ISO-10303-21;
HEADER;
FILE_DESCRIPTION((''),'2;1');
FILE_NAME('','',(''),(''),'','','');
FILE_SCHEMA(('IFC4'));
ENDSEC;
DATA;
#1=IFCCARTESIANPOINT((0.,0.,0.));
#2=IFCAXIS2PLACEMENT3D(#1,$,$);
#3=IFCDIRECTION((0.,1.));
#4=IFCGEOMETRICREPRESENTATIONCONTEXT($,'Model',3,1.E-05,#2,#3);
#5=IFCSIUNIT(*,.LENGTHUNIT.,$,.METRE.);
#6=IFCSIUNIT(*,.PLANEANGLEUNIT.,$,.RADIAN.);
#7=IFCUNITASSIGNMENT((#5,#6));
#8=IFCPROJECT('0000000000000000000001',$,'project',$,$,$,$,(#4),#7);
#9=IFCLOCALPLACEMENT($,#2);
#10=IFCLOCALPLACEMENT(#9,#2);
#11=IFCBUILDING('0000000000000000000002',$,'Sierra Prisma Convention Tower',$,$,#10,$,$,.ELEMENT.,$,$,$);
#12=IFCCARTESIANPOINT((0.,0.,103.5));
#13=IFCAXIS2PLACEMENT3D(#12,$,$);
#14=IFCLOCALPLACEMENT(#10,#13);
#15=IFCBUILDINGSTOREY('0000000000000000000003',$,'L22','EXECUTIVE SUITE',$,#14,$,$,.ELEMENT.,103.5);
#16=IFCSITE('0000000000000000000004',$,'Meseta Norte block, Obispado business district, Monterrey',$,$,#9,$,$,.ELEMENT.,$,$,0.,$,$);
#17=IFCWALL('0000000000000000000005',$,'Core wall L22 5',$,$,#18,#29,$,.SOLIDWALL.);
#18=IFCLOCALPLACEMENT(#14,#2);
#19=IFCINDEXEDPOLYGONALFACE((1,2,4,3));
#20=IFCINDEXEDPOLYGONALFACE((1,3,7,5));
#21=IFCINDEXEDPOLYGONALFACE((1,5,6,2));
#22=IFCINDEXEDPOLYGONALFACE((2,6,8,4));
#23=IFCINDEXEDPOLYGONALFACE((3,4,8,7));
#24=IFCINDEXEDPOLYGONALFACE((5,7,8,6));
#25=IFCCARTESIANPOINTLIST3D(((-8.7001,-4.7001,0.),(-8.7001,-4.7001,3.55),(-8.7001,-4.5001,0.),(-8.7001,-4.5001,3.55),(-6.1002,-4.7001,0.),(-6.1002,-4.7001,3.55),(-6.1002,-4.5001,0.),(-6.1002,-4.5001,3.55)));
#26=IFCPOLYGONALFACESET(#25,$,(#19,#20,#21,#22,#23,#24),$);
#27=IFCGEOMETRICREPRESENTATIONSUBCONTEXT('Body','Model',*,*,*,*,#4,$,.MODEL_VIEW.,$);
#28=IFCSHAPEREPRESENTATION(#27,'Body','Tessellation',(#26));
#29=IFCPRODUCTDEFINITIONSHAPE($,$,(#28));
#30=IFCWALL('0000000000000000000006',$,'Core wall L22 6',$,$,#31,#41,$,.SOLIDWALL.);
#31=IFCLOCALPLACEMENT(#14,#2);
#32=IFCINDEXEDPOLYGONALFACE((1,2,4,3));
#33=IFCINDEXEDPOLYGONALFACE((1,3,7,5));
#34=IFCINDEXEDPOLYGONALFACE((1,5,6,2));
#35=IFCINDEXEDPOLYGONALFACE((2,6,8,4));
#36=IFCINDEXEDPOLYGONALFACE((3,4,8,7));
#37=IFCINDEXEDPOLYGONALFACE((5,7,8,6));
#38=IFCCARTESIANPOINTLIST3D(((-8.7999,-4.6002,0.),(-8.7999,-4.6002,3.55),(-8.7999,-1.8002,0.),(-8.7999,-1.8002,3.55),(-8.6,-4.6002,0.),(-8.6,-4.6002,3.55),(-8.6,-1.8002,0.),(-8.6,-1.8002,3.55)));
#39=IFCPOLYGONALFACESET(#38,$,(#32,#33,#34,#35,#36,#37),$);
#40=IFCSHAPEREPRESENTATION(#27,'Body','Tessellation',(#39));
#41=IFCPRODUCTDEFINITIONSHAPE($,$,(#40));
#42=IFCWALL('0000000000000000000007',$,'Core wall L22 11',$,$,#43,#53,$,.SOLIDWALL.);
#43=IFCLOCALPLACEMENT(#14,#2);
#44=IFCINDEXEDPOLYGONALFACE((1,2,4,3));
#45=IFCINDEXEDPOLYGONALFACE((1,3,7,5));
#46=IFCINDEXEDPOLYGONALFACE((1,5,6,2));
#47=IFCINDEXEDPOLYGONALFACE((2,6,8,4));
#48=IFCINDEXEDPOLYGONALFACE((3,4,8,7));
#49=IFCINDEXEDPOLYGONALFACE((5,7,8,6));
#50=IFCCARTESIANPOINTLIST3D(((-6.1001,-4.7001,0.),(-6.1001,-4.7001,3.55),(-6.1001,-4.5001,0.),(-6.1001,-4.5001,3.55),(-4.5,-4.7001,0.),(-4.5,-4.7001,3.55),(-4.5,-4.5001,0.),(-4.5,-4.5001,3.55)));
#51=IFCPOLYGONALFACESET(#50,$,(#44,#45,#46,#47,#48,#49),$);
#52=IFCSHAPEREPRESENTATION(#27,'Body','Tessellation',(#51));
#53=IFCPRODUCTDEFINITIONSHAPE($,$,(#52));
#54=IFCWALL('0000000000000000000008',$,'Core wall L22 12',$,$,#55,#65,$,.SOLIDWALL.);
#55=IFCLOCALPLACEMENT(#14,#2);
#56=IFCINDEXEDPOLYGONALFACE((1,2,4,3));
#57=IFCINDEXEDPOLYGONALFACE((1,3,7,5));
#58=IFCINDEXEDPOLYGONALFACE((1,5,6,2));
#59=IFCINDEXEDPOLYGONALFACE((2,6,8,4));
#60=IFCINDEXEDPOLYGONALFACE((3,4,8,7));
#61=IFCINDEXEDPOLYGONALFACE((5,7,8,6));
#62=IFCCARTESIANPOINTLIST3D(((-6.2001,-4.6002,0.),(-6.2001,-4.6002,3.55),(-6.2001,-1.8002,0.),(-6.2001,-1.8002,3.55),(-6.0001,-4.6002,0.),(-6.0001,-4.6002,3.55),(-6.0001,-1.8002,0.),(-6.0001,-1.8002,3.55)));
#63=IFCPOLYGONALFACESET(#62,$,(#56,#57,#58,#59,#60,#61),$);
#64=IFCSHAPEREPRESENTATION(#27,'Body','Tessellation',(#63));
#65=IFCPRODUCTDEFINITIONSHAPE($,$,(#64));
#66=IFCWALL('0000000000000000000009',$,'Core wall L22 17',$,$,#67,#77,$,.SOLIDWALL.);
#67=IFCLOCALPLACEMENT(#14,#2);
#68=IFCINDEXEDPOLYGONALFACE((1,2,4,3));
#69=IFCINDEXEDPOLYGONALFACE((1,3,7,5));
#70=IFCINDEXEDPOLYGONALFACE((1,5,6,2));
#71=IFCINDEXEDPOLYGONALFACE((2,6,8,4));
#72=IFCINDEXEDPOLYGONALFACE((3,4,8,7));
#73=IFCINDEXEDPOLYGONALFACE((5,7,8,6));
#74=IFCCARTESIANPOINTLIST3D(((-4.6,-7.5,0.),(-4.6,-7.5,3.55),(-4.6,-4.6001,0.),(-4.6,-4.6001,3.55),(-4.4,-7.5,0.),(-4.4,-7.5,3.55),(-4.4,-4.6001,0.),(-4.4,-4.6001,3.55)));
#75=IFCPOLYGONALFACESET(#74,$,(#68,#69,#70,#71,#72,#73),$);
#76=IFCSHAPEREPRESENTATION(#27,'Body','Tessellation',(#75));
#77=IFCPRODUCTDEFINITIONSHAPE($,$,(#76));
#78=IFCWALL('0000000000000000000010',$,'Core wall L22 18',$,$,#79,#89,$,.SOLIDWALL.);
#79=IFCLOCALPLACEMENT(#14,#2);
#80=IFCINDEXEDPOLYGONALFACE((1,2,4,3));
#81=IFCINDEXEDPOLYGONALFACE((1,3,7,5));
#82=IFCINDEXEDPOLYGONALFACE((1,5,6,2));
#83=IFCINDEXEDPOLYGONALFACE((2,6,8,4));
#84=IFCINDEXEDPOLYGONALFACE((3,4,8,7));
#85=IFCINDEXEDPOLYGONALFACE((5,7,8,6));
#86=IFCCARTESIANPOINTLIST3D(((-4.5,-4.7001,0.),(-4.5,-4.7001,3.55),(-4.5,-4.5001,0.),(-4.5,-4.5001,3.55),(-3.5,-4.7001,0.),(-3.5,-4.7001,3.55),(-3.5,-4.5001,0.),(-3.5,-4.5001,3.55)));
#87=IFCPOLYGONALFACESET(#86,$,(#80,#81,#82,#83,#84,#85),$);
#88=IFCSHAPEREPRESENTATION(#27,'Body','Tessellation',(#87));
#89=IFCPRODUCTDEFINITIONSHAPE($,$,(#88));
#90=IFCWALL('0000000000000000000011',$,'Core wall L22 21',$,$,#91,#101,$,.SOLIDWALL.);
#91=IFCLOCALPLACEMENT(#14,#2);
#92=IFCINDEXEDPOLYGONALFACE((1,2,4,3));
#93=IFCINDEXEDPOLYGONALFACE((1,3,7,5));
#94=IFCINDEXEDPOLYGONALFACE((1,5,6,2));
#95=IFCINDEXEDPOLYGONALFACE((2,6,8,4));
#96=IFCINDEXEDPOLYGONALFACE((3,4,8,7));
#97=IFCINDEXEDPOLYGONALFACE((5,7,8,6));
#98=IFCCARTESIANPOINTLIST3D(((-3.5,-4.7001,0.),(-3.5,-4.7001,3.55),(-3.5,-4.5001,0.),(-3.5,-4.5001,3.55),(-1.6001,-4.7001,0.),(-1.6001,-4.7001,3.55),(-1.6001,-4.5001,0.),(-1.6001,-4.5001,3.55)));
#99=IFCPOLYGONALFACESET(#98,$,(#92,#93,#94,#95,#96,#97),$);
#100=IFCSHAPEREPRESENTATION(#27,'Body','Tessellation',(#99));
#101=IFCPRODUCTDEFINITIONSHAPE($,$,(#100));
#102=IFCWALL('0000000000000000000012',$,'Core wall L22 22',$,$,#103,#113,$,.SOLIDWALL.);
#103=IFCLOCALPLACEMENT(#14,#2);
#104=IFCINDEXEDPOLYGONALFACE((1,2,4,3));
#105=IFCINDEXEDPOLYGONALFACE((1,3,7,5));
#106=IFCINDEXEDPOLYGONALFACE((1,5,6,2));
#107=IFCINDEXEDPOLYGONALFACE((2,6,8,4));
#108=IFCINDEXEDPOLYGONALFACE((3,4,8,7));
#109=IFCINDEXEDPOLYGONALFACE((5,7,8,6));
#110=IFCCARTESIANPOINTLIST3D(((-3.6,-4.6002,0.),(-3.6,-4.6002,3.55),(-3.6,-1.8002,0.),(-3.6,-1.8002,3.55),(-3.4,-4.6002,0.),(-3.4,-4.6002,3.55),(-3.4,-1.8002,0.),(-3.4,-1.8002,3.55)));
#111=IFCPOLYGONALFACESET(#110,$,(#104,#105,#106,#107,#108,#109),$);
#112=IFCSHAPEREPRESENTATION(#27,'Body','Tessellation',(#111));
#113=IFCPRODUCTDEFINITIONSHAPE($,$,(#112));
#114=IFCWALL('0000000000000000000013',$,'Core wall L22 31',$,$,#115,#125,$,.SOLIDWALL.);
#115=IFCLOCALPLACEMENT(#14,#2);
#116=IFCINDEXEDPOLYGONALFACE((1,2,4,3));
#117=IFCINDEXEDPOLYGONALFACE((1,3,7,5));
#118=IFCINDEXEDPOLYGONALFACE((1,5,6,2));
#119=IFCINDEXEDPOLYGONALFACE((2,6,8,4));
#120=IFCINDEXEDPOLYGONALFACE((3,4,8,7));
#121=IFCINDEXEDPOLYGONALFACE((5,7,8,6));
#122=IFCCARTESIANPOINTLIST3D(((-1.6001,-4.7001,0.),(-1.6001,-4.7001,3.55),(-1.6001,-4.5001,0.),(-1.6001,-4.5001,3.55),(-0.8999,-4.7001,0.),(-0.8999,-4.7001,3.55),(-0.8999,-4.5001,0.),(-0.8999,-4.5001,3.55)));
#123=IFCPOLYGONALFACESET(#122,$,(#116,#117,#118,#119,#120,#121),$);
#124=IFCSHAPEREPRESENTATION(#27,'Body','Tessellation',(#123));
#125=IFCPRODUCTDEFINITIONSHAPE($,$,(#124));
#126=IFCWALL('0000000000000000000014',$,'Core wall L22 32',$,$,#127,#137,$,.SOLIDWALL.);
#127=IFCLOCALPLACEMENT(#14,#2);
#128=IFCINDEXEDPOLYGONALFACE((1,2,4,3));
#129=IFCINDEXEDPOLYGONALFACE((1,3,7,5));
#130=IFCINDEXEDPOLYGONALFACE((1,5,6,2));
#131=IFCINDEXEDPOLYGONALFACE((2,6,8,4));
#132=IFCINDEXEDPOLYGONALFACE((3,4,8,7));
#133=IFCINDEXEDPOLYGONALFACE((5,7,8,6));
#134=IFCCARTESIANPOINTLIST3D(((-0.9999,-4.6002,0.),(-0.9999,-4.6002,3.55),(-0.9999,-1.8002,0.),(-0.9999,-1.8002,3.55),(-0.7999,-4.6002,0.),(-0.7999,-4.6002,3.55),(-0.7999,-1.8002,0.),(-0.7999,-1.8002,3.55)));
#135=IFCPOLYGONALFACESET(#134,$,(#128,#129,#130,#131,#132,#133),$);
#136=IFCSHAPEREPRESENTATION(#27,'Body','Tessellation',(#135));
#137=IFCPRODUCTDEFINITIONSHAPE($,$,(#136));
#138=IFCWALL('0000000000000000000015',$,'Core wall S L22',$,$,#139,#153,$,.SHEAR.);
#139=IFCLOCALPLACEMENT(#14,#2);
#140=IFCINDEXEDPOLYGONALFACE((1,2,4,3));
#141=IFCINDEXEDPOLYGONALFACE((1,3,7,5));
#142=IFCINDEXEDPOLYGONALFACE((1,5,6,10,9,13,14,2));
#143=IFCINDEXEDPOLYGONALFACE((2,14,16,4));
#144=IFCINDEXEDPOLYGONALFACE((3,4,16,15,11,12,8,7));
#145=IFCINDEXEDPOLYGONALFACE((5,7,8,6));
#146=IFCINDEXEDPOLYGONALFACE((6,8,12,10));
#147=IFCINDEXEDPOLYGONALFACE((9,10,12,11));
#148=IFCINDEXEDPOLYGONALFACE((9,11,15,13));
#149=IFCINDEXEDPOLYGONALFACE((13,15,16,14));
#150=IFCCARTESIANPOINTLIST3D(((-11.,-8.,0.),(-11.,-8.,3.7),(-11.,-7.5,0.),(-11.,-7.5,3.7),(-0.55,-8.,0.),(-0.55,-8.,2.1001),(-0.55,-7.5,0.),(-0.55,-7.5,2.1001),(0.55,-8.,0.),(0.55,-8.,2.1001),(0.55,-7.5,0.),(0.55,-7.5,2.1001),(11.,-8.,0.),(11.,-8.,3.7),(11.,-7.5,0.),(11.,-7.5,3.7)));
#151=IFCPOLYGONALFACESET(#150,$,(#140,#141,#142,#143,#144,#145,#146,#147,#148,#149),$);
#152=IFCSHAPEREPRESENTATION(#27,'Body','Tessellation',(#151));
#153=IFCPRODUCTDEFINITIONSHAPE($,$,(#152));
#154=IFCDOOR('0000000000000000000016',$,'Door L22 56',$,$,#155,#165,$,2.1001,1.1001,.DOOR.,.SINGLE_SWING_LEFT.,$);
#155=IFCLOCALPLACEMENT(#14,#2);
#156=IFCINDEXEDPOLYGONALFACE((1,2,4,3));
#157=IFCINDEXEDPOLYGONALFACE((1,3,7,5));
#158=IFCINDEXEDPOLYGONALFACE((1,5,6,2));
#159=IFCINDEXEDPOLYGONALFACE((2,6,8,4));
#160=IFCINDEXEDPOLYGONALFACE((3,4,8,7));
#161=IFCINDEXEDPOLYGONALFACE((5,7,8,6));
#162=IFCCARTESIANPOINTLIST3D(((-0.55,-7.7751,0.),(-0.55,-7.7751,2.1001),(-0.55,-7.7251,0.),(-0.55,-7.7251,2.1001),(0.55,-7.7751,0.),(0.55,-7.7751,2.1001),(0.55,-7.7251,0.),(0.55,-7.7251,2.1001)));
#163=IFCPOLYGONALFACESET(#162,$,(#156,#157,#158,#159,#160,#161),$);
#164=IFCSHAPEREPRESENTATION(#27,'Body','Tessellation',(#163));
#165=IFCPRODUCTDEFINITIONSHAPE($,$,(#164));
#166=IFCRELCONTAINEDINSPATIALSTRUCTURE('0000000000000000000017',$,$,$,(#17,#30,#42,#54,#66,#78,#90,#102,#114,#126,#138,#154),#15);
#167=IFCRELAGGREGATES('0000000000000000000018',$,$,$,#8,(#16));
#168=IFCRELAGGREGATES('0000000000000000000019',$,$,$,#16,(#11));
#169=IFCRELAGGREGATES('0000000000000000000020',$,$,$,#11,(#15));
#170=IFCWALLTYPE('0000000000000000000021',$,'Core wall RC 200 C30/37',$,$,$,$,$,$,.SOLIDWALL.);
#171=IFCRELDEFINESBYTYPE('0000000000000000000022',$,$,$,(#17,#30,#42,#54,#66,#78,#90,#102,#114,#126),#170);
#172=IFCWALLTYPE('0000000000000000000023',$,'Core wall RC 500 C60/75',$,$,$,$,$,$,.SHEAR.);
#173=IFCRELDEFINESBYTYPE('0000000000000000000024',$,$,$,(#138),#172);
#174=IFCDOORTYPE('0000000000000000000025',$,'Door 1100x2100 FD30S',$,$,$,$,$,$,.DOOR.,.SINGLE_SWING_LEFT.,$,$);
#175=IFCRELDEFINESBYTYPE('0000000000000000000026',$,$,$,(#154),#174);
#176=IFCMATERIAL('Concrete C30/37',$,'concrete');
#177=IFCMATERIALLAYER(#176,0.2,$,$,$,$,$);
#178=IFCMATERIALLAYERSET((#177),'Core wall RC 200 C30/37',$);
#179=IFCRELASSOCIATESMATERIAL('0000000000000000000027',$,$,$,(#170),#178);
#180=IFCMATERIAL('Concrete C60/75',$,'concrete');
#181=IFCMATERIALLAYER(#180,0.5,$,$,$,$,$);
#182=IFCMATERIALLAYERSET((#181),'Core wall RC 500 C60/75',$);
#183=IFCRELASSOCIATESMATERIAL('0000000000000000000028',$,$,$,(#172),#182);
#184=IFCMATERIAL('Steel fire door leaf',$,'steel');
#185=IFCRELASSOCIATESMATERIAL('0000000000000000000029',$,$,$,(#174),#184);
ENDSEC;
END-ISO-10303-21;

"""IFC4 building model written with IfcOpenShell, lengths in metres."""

from ifc_helpers import new_model, si_unit, direction, frame, frame_2d, origin, place, context, subcontext, project, spatial, rectangle, extrude, material, layer, layer_set, type_object, element, fill, save


model = new_model("IFC4")

# Units and contexts
model_context = context("Model", 3, precision=1e-05, world=origin(), true_north=direction((0.0, 1.0)))
body_context = subcontext(model_context, "Body", "Model", "MODEL_VIEW")
ifc_project = project(units=[si_unit("LENGTHUNIT", "METRE"), si_unit("PLANEANGLEUNIT", "RADIAN")], contexts=[model_context])

# Site, building, storey
site_placement = place(None, origin())
site = spatial("IfcSite", under=ifc_project, at=site_placement, Name="Meseta Norte block, Obispado business district, Monterrey", CompositionType="ELEMENT", RefElevation=0.0)
building_placement = place(site_placement, origin())
building = spatial("IfcBuilding", under=site, at=building_placement, Name="Sierra Prisma Convention Tower", CompositionType="ELEMENT")
storey_placement = place(building_placement, frame((0.0, 0.0, 103.5)))
storey = spatial("IfcBuildingStorey", under=building, at=storey_placement, Name="L22", Description="EXECUTIVE SUITE", CompositionType="ELEMENT", Elevation=103.5)

# Shared definitions
ifc_material_1 = material(Name="Concrete C30/37", Category="concrete")
ifc_layer_1 = layer(ifc_material_1, 0.2)
ifc_layer_set_1 = layer_set([ifc_layer_1], Name="Core wall RC 200 C30/37")
wall_type_1 = type_object("IfcWallType", Name="Core wall RC 200 C30/37", PredefinedType="SOLIDWALL", material=ifc_layer_set_1)

# Walls
wall_1_placement = place(storey_placement, frame((-8.7, -4.6001, 0.0), z_axis=(0.0, 0.0, 1.0), x_axis=(1.0, 0.0, 0.0)))
element("IfcWall", 1, at=wall_1_placement, inside=storey, type_object=wall_type_1, Name="Core wall L22 5", PredefinedType="SOLIDWALL", context=body_context, shape_type="SweptSolid", body=[
    extrude(rectangle(XDim=2.5999, YDim=0.2, at=frame_2d((1.2998, 0.0))), origin(), (0.0, 0.0, 1.0), 3.55),
])
wall_2_placement = place(storey_placement, frame((-8.7, -4.6001, 0.0), z_axis=(0.0, 0.0, 1.0), x_axis=(0.0, 1.0, 0.0)))
element("IfcWall", 2, at=wall_2_placement, inside=storey, type_object=wall_type_1, Name="Core wall L22 6", PredefinedType="SOLIDWALL", context=body_context, shape_type="SweptSolid", body=[
    extrude(rectangle(XDim=2.8, YDim=0.2, at=frame_2d((1.3999, 0.0))), origin(), (0.0, 0.0, 1.0), 3.55),
])
wall_3_placement = place(storey_placement, frame((-6.1001, -4.6001, 0.0), z_axis=(0.0, 0.0, 1.0), x_axis=(1.0, 0.0, 0.0)))
element("IfcWall", 3, at=wall_3_placement, inside=storey, type_object=wall_type_1, Name="Core wall L22 11", PredefinedType="SOLIDWALL", context=body_context, shape_type="SweptSolid", body=[
    extrude(rectangle(XDim=1.6001, YDim=0.2, at=frame_2d((0.8, 0.0))), origin(), (0.0, 0.0, 1.0), 3.55),
])
wall_4_placement = place(storey_placement, frame((-6.1001, -4.6001, 0.0), z_axis=(0.0, 0.0, 1.0), x_axis=(0.0, 1.0, 0.0)))
element("IfcWall", 4, at=wall_4_placement, inside=storey, type_object=wall_type_1, Name="Core wall L22 12", PredefinedType="SOLIDWALL", context=body_context, shape_type="SweptSolid", body=[
    extrude(rectangle(XDim=2.8, YDim=0.2, at=frame_2d((1.3999, 0.0))), origin(), (0.0, 0.0, 1.0), 3.55),
])
wall_5_placement = place(storey_placement, frame((-4.5, -4.6001, 0.0), z_axis=(0.0, 0.0, 1.0), x_axis=(0.0, -1.0, 0.0)))
element("IfcWall", 5, at=wall_5_placement, inside=storey, type_object=wall_type_1, Name="Core wall L22 17", PredefinedType="SOLIDWALL", context=body_context, shape_type="SweptSolid", body=[
    extrude(rectangle(XDim=2.8999, YDim=0.2, at=frame_2d((1.45, 0.0))), origin(), (0.0, 0.0, 1.0), 3.55),
])
wall_6_placement = place(storey_placement, frame((-4.5, -4.6001, 0.0), z_axis=(0.0, 0.0, 1.0), x_axis=(1.0, 0.0, 0.0)))
element("IfcWall", 6, at=wall_6_placement, inside=storey, type_object=wall_type_1, Name="Core wall L22 18", PredefinedType="SOLIDWALL", context=body_context, shape_type="SweptSolid", body=[
    extrude(rectangle(XDim=1.0, YDim=0.2, at=frame_2d((0.5, 0.0))), origin(), (0.0, 0.0, 1.0), 3.55),
])
wall_7_placement = place(storey_placement, frame((-3.5, -4.6001, 0.0), z_axis=(0.0, 0.0, 1.0), x_axis=(1.0, 0.0, 0.0)))
element("IfcWall", 7, at=wall_7_placement, inside=storey, type_object=wall_type_1, Name="Core wall L22 21", PredefinedType="SOLIDWALL", context=body_context, shape_type="SweptSolid", body=[
    extrude(rectangle(XDim=1.8999, YDim=0.2, at=frame_2d((0.95, 0.0))), origin(), (0.0, 0.0, 1.0), 3.55),
])
wall_8_placement = place(storey_placement, frame((-3.5, -4.6001, 0.0), z_axis=(0.0, 0.0, 1.0), x_axis=(0.0, 1.0, 0.0)))
element("IfcWall", 8, at=wall_8_placement, inside=storey, type_object=wall_type_1, Name="Core wall L22 22", PredefinedType="SOLIDWALL", context=body_context, shape_type="SweptSolid", body=[
    extrude(rectangle(XDim=2.8, YDim=0.2, at=frame_2d((1.3999, 0.0))), origin(), (0.0, 0.0, 1.0), 3.55),
])

# Walls
wall_9_placement = place(storey_placement, frame((-1.6001, -4.6001, 0.0), z_axis=(0.0, 0.0, 1.0), x_axis=(1.0, 0.0, 0.0)))
element("IfcWall", 9, at=wall_9_placement, inside=storey, type_object=wall_type_1, Name="Core wall L22 31", PredefinedType="SOLIDWALL", context=body_context, shape_type="SweptSolid", body=[
    extrude(rectangle(XDim=0.7002, YDim=0.2, at=frame_2d((0.3501, 0.0))), origin(), (0.0, 0.0, 1.0), 3.55),
])
wall_10_placement = place(storey_placement, frame((-0.8999, -4.6001, 0.0), z_axis=(0.0, 0.0, 1.0), x_axis=(0.0, 1.0, 0.0)))
element("IfcWall", 10, at=wall_10_placement, inside=storey, type_object=wall_type_1, Name="Core wall L22 32", PredefinedType="SOLIDWALL", context=body_context, shape_type="SweptSolid", body=[
    extrude(rectangle(XDim=2.8, YDim=0.2, at=frame_2d((1.3999, 0.0))), origin(), (0.0, 0.0, 1.0), 3.55),
])

# Wall, opening, door
ifc_material_2 = material(Name="Concrete C60/75", Category="concrete")
ifc_layer_2 = layer(ifc_material_2, 0.5)
ifc_layer_set_2 = layer_set([ifc_layer_2], Name="Core wall RC 500 C60/75")
wall_type_2 = type_object("IfcWallType", Name="Core wall RC 500 C60/75", PredefinedType="SHEAR", material=ifc_layer_set_2)
wall_11_placement = place(storey_placement, frame((-11.0, -7.75, 0.0), z_axis=(0.0, 0.0, 1.0), x_axis=(1.0, 0.0, 0.0)))
wall_11 = element("IfcWall", 11, at=wall_11_placement, inside=storey, type_object=wall_type_2, Name="Core wall S L22", PredefinedType="SHEAR", context=body_context, shape_type="SweptSolid", body=[
    extrude(rectangle(XDim=22.0, YDim=0.5, at=frame_2d((11.0, 0.0))), origin(), (0.0, 0.0, 1.0), 3.7),
])
opening_1_placement = place(wall_11_placement, frame((10.45, 0.0, 0.0)))
opening_1 = element("IfcOpeningElement", 12, at=opening_1_placement, cuts=wall_11, PredefinedType="OPENING", context=body_context, shape_type="SweptSolid", body=[
    extrude(rectangle(XDim=1.1001, YDim=2.1001, at=frame_2d((0.55, 1.05))), frame((0.0, 0.25, 0.0), z_axis=(0.0, -1.0, 0.0), x_axis=(1.0, 0.0, 0.0)), (0.0, 0.0, 1.0), 0.5),
])
ifc_material_3 = material(Name="Steel fire door leaf", Category="steel")
door_type_1 = type_object("IfcDoorType", Name="Door 1100x2100 FD30S", OperationType="SINGLE_SWING_LEFT", PredefinedType="DOOR", material=ifc_material_3)
door_1_placement = place(opening_1_placement, origin())
door_1 = element("IfcDoor", 13, at=door_1_placement, inside=storey, type_object=door_type_1, Name="Door L22 56", OperationType="SINGLE_SWING_LEFT", OverallHeight=2.1001, OverallWidth=1.1001, PredefinedType="DOOR", context=body_context, shape_type="SweptSolid", body=[
    extrude(rectangle(XDim=1.1001, YDim=2.1001, at=frame_2d((0.55, 1.05))), frame((0.0, 0.0249, 0.0), z_axis=(0.0, -1.0, 0.0), x_axis=(1.0, 0.0, 0.0)), (0.0, 0.0, 1.0), 0.05),
])
fill(opening_1, door_1)

save(model, "model.ifc")
